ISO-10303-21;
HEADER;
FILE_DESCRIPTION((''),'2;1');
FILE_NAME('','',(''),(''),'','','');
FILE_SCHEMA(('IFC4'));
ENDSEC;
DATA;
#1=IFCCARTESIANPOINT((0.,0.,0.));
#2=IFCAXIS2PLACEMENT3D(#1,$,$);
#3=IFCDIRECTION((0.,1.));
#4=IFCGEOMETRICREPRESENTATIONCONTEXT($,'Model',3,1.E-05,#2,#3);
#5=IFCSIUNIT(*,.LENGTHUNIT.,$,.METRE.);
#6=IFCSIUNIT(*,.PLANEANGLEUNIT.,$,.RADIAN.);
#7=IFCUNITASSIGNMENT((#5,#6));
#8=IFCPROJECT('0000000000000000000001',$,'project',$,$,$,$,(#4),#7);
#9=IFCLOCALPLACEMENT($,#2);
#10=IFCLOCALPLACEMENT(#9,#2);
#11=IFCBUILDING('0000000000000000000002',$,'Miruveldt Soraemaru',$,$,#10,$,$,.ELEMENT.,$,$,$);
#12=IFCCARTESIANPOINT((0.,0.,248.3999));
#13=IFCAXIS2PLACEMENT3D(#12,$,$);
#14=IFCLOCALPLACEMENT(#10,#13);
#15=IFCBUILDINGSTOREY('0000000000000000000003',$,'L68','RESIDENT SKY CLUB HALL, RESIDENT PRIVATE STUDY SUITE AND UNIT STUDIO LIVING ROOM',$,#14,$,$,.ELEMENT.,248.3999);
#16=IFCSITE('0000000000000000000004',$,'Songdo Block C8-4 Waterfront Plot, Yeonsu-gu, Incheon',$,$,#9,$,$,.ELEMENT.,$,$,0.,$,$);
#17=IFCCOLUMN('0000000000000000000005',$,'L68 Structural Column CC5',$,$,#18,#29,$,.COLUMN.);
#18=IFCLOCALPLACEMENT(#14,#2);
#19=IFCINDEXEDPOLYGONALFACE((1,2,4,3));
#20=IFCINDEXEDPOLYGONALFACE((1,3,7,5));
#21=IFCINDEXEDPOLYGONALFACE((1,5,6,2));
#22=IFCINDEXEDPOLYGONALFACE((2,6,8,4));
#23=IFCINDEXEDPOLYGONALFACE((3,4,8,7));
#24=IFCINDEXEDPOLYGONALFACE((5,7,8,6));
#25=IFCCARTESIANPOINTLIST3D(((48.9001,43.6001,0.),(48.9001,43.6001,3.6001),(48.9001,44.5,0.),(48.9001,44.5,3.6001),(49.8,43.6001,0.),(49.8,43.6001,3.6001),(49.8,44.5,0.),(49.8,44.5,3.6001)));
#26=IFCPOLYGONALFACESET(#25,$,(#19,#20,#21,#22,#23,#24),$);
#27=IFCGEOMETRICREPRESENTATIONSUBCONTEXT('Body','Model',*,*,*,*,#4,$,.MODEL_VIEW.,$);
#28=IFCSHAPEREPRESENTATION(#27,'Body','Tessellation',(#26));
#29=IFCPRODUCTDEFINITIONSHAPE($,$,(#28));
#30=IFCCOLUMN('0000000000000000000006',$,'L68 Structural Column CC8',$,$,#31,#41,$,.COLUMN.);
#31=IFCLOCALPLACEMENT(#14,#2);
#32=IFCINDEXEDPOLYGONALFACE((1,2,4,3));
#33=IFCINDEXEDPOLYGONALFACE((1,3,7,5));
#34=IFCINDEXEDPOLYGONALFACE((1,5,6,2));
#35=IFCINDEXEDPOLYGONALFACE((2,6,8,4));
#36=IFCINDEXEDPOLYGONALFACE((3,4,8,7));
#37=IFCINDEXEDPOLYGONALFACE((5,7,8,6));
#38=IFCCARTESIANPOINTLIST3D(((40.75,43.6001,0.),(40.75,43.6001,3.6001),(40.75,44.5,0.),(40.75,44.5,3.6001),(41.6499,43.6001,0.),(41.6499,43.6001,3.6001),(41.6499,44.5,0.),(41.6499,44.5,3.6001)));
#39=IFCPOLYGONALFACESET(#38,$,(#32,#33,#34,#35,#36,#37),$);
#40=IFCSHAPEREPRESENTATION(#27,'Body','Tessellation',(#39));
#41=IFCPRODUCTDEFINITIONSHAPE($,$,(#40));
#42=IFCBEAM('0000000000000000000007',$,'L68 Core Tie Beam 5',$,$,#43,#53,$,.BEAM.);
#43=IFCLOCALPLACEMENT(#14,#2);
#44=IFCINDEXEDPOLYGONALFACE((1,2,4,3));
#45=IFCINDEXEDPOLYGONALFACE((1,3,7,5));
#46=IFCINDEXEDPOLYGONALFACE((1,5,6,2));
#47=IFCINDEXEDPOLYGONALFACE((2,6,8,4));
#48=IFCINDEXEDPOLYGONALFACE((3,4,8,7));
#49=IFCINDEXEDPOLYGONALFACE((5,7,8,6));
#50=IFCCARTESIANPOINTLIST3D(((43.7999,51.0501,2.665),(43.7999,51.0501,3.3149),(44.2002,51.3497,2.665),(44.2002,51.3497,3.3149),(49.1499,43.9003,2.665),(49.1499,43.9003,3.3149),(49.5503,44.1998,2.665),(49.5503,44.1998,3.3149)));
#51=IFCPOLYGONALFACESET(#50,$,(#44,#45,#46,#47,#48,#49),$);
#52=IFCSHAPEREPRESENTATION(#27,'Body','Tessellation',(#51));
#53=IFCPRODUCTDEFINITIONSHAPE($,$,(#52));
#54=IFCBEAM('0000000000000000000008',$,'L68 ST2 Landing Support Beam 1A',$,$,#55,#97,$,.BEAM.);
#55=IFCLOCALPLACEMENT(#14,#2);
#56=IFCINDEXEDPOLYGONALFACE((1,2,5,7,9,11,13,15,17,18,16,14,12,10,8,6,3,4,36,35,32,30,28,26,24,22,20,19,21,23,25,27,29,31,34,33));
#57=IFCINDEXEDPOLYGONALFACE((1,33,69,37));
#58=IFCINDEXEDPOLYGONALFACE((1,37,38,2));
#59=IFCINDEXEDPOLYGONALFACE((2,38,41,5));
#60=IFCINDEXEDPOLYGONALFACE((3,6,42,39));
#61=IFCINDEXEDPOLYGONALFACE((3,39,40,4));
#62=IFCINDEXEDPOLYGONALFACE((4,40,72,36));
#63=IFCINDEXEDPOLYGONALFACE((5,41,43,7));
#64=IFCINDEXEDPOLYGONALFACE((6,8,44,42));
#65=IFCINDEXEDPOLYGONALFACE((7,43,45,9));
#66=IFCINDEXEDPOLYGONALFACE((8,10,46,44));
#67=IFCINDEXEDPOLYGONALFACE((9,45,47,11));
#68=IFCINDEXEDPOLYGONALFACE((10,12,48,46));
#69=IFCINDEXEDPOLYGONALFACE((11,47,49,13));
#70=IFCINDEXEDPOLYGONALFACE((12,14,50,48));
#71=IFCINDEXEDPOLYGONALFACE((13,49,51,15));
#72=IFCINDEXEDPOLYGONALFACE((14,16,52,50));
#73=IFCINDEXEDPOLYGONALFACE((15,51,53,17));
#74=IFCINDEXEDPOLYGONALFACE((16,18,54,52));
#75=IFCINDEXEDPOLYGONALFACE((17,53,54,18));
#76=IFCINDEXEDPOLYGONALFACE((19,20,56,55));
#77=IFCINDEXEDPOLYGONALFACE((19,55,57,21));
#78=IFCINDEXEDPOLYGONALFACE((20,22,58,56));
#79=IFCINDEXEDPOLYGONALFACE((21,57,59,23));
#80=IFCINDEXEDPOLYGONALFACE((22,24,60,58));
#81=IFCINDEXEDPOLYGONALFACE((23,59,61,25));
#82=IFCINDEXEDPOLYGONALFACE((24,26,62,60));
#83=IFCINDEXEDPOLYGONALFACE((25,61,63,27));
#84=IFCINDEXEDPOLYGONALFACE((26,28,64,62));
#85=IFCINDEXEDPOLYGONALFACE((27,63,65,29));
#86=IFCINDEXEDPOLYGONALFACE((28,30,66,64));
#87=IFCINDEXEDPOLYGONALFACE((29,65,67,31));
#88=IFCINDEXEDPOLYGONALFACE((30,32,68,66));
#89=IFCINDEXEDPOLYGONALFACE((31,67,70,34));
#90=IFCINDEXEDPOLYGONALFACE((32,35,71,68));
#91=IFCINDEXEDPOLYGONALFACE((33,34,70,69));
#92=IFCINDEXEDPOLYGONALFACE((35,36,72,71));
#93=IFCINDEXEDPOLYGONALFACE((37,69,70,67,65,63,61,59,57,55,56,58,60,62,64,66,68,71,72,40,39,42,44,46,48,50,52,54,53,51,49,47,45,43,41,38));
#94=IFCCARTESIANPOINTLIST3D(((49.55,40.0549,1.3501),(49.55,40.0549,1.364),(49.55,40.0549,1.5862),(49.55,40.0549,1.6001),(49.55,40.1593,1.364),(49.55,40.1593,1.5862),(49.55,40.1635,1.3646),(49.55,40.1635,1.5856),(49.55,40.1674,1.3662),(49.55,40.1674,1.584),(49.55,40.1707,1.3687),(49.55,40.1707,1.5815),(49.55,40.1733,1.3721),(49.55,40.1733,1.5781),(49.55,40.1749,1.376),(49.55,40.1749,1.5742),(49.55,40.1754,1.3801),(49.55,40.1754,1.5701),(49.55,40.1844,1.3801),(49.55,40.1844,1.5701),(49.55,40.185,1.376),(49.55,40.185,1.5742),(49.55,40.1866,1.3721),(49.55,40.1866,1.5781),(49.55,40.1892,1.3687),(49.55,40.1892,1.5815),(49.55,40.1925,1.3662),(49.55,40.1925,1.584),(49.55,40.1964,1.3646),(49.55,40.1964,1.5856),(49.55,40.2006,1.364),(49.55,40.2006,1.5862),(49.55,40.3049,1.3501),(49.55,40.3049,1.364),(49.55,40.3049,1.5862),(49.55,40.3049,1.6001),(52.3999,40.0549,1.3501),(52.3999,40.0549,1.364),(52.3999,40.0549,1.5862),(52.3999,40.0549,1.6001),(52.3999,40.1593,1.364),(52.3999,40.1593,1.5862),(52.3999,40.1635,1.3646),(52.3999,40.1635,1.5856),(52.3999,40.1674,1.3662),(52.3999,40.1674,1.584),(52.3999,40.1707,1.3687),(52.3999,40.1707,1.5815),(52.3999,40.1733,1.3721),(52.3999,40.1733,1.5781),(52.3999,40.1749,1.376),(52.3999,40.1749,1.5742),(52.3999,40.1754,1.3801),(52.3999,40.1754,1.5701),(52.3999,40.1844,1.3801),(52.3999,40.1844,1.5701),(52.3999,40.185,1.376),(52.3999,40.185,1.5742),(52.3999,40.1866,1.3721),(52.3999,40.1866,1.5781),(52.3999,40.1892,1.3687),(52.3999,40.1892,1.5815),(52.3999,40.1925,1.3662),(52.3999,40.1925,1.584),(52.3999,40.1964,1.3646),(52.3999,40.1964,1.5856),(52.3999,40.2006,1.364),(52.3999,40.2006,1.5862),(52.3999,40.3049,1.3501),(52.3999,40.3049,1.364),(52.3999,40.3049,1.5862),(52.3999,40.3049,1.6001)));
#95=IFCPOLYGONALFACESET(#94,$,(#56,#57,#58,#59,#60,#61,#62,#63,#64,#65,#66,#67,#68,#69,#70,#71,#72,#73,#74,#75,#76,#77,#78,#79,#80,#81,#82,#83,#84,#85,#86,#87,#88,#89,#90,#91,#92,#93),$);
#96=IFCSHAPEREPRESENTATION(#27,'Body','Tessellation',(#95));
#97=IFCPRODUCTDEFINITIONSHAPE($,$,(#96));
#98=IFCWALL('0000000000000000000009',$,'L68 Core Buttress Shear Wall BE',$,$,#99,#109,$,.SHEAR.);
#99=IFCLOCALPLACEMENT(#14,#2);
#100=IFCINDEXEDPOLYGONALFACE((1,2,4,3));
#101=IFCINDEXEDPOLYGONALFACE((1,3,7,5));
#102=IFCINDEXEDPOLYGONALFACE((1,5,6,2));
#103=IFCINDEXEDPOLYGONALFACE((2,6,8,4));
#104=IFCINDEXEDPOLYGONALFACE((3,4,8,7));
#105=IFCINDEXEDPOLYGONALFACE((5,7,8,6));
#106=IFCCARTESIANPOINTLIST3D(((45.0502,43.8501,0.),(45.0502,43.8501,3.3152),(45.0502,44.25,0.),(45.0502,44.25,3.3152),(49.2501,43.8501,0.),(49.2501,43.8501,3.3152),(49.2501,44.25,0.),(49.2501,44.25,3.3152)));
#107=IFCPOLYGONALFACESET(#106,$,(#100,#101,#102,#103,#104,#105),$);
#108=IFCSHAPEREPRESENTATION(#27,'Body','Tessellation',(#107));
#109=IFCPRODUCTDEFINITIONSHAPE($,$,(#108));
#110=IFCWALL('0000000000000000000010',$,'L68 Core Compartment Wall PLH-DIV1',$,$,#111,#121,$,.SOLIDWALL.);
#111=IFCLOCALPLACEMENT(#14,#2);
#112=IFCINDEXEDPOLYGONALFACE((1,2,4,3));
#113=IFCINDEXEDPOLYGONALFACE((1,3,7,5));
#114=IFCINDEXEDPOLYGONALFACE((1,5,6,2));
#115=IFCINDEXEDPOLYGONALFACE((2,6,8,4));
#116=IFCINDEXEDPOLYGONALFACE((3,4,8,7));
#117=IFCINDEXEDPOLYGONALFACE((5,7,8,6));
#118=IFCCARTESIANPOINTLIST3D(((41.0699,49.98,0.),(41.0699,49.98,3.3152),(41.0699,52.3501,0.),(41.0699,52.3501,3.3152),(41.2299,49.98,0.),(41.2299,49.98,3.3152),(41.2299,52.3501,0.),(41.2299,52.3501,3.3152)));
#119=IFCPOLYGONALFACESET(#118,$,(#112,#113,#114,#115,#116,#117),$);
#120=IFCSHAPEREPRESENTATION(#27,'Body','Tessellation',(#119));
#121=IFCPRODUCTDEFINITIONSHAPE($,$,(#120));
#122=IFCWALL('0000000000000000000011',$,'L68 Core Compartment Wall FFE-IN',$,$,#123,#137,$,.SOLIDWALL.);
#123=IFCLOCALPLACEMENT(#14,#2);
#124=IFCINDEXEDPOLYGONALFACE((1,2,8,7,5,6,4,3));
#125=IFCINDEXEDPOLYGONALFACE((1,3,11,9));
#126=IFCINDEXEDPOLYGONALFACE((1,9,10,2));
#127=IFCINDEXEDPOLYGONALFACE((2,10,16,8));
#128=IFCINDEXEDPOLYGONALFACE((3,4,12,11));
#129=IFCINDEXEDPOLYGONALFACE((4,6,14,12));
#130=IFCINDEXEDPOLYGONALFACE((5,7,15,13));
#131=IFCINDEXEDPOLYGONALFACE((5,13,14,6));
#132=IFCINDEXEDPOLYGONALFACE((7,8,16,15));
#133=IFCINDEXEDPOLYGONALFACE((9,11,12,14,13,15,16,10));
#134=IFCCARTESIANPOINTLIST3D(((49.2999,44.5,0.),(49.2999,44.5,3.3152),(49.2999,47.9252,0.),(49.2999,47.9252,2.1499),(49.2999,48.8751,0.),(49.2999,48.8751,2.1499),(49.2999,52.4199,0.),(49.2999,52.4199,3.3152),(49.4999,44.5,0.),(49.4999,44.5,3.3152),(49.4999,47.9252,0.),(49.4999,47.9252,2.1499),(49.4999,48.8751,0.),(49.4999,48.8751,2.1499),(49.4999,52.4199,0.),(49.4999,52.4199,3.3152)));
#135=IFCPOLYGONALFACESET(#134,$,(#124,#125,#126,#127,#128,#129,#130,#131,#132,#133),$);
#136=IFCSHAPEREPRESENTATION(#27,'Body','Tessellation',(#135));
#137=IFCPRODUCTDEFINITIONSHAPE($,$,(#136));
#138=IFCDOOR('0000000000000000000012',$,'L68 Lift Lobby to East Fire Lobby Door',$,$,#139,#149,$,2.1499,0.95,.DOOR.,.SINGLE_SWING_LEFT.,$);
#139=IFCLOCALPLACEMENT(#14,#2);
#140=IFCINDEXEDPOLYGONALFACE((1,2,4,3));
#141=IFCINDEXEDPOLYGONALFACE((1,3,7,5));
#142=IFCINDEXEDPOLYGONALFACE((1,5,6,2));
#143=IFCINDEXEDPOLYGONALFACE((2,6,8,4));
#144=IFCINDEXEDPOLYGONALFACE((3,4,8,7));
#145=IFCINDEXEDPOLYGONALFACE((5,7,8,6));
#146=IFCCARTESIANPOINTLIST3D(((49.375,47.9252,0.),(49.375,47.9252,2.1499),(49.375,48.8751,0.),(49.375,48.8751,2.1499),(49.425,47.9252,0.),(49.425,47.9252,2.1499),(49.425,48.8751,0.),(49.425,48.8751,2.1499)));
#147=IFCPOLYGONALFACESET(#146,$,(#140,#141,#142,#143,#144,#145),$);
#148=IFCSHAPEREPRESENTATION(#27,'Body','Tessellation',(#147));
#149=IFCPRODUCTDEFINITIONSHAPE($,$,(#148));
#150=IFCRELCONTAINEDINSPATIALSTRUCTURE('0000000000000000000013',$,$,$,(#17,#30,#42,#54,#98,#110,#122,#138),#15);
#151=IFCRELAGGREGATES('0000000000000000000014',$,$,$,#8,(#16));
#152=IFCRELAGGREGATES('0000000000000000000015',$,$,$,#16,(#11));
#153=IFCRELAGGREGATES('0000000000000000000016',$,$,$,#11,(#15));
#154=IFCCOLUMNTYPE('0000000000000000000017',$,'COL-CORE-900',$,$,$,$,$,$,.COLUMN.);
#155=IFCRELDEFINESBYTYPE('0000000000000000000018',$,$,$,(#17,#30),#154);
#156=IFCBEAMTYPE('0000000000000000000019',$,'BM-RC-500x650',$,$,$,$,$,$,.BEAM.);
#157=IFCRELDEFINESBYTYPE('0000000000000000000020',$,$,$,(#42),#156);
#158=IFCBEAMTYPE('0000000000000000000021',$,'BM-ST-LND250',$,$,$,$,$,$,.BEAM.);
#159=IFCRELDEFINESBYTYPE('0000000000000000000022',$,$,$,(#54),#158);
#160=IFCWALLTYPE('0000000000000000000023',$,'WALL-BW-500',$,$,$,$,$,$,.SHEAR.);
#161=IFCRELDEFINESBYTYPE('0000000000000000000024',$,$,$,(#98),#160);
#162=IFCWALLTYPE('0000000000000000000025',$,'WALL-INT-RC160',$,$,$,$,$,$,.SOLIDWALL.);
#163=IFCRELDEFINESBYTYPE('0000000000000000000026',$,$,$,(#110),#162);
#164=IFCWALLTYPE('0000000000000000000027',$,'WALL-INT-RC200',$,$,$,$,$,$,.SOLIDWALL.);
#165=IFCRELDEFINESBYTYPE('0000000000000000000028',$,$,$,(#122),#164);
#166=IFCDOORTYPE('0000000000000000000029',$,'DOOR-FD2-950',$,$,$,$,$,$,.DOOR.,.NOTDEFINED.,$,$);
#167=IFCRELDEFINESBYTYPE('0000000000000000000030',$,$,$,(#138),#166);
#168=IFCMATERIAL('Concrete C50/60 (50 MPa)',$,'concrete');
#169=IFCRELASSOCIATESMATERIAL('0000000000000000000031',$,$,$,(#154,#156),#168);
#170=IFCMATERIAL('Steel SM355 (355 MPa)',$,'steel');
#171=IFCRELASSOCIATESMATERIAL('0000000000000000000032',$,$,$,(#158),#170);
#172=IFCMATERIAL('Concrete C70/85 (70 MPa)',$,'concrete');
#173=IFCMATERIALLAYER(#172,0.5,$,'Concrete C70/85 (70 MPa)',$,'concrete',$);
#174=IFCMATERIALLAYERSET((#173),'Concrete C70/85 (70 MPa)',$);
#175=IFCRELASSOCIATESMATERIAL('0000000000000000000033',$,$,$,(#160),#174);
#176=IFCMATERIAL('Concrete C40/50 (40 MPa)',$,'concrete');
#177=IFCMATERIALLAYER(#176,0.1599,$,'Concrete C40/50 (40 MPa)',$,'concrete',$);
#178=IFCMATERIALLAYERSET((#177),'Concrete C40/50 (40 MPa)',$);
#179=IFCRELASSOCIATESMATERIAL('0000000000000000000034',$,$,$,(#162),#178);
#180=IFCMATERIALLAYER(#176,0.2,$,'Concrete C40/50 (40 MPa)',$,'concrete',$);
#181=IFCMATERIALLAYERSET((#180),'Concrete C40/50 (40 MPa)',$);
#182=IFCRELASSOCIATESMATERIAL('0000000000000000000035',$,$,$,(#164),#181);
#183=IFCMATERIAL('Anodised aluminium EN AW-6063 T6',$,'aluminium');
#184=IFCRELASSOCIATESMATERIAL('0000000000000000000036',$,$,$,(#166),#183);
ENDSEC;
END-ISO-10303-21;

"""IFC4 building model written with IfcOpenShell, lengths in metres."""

from ifc_helpers import new_model, si_unit, direction, frame, frame_2d, origin, origin_2d, place, context, subcontext, project, spatial, rectangle, i_section, extrude, material, layer, layer_set, material_profile, profile_set, type_object, element, fill, save


model = new_model("IFC4")

# Units and contexts
model_context = context("Model", 3, precision=1e-05, world=origin(), true_north=direction((0.0, 1.0)))
body_context = subcontext(model_context, "Body", "Model", "MODEL_VIEW")
ifc_project = project(units=[si_unit("LENGTHUNIT", "METRE"), si_unit("PLANEANGLEUNIT", "RADIAN")], contexts=[model_context])

# Site, building, storey
site_placement = place(None, origin())
site = spatial("IfcSite", under=ifc_project, at=site_placement, Name="Songdo Block C8-4 Waterfront Plot, Yeonsu-gu, Incheon", CompositionType="ELEMENT", RefElevation=0.0)
building_placement = place(site_placement, origin())
building = spatial("IfcBuilding", under=site, at=building_placement, Name="Miruveldt Soraemaru", CompositionType="ELEMENT")
storey_placement = place(building_placement, frame((0.0, 0.0, 248.3999)))
storey = spatial("IfcBuildingStorey", under=building, at=storey_placement, Name="L68", Description="RESIDENT SKY CLUB HALL, RESIDENT PRIVATE STUDY SUITE AND UNIT STUDIO LIVING ROOM", CompositionType="ELEMENT", Elevation=248.3999)

# Columns
ifc_material_1 = material(Name="Concrete C50/60 (50 MPa)", Category="concrete")
ifc_material_profile_1 = material_profile(ifc_material_1, rectangle(XDim=0.8999, YDim=0.8999, at=origin_2d()), Name="Concrete C50/60 (50 MPa)", Category="concrete")
ifc_profile_set_1 = profile_set([ifc_material_profile_1], Name="Concrete C50/60 (50 MPa)")
column_type = type_object("IfcColumnType", Name="COL-CORE-900", PredefinedType="COLUMN", material=ifc_profile_set_1)
for number, where, z_axis, x_axis, name in (
    (1, (49.3501, 44.05, 0.0), (0.0, 0.0, 1.0), (1.0, 0.0, 0.0), "L68 Structural Column CC5"),
    (2, (41.2, 44.05, 0.0), (0.0, 0.0, 1.0), (1.0, 0.0, 0.0), "L68 Structural Column CC8"),
):
    element("IfcColumn", number, at=place(storey_placement, frame(where, z_axis=z_axis, x_axis=x_axis)), inside=storey, type_object=column_type, Name=name, PredefinedType="COLUMN", context=body_context, shape_type="SweptSolid", body=[
        extrude(rectangle(XDim=0.8999, YDim=0.8999, at=origin_2d()), origin(), (0.0, 0.0, 1.0), 3.6001),
    ])

# Beams
ifc_material_profile_2 = material_profile(ifc_material_1, rectangle(XDim=0.5, YDim=0.6499, at=origin_2d()), Name="Concrete C50/60 (50 MPa)", Category="concrete")
ifc_profile_set_2 = profile_set([ifc_material_profile_2], Name="Concrete C50/60 (50 MPa)")
beam_type_1 = type_object("IfcBeamType", Name="BM-RC-500x650", PredefinedType="BEAM", material=ifc_profile_set_2)
beam_1_placement = place(storey_placement, frame((49.3501, 44.05, 2.99), z_axis=(-0.599116, 0.800662, 0.0), x_axis=(-0.800662, -0.599116, 0.0)))
element("IfcBeam", 3, at=beam_1_placement, inside=storey, type_object=beam_type_1, Name="L68 Core Tie Beam 5", PredefinedType="BEAM", context=body_context, shape_type="SweptSolid", body=[
    extrude(rectangle(XDim=0.5, YDim=0.6499, at=origin_2d()), origin(), (0.0, 0.0, 1.0), 8.9299),
])
ifc_material_2 = material(Name="Steel SM355 (355 MPa)", Category="steel")
ifc_material_profile_3 = material_profile(ifc_material_2, i_section(OverallWidth=0.25, OverallDepth=0.25, WebThickness=0.009, FlangeThickness=0.0139, FilletRadius=0.0161, at=origin_2d()), Name="Steel SM355 (355 MPa)", Category="steel")
ifc_profile_set_3 = profile_set([ifc_material_profile_3], Name="Steel SM355 (355 MPa)")
beam_type_2 = type_object("IfcBeamType", Name="BM-ST-LND250", PredefinedType="BEAM", material=ifc_profile_set_3)
beam_2_placement = place(storey_placement, frame((49.55, 40.1799, 1.4751), z_axis=(1.0, 0.0, 0.0), x_axis=(0.0, 1.0, 0.0)))
element("IfcBeam", 4, at=beam_2_placement, inside=storey, type_object=beam_type_2, Name="L68 ST2 Landing Support Beam 1A", PredefinedType="BEAM", context=body_context, shape_type="SweptSolid", body=[
    extrude(i_section(OverallWidth=0.25, OverallDepth=0.25, WebThickness=0.009, FlangeThickness=0.0139, FilletRadius=0.0161, at=origin_2d()), origin(), (0.0, 0.0, 1.0), 2.8499),
])

# Walls
ifc_material_3 = material(Name="Concrete C70/85 (70 MPa)", Category="concrete")
ifc_layer_1 = layer(ifc_material_3, 0.5, Name="Concrete C70/85 (70 MPa)", Category="concrete")
ifc_layer_set_1 = layer_set([ifc_layer_1], Name="Concrete C70/85 (70 MPa)")
wall_type_1 = type_object("IfcWallType", Name="WALL-BW-500", PredefinedType="SHEAR", material=ifc_layer_set_1)
wall_1_placement = place(storey_placement, frame((45.05, 44.05, 0.0), z_axis=(0.0, 0.0, 1.0), x_axis=(1.0, 0.0, 0.0)))
element("IfcWall", 5, at=wall_1_placement, inside=storey, type_object=wall_type_1, Name="L68 Core Buttress Shear Wall BE", PredefinedType="SHEAR", context=body_context, shape_type="SweptSolid", body=[
    extrude(rectangle(XDim=4.2, YDim=0.3999, at=frame_2d((2.1001, 0.0))), origin(), (0.0, 0.0, 1.0), 3.3152),
])
ifc_material_4 = material(Name="Concrete C40/50 (40 MPa)", Category="concrete")
ifc_layer_2 = layer(ifc_material_4, 0.1599, Name="Concrete C40/50 (40 MPa)", Category="concrete")
ifc_layer_set_2 = layer_set([ifc_layer_2], Name="Concrete C40/50 (40 MPa)")
wall_type_2 = type_object("IfcWallType", Name="WALL-INT-RC160", PredefinedType="SOLIDWALL", material=ifc_layer_set_2)
wall_2_placement = place(storey_placement, frame((41.1499, 49.98, 0.0), z_axis=(0.0, 0.0, 1.0), x_axis=(0.0, 1.0, 0.0)))
element("IfcWall", 6, at=wall_2_placement, inside=storey, type_object=wall_type_2, Name="L68 Core Compartment Wall PLH-DIV1", PredefinedType="SOLIDWALL", context=body_context, shape_type="SweptSolid", body=[
    extrude(rectangle(XDim=2.3701, YDim=0.1599, at=frame_2d((1.1851, 0.0))), origin(), (0.0, 0.0, 1.0), 3.3152),
])

# Wall, opening, door
ifc_layer_3 = layer(ifc_material_4, 0.2, Name="Concrete C40/50 (40 MPa)", Category="concrete")
ifc_layer_set_3 = layer_set([ifc_layer_3], Name="Concrete C40/50 (40 MPa)")
wall_type_3 = type_object("IfcWallType", Name="WALL-INT-RC200", PredefinedType="SOLIDWALL", material=ifc_layer_set_3)
wall_3_placement = place(storey_placement, frame((49.3999, 44.5, 0.0), z_axis=(0.0, 0.0, 1.0), x_axis=(0.0, 1.0, 0.0)))
wall_3 = element("IfcWall", 7, at=wall_3_placement, inside=storey, type_object=wall_type_3, Name="L68 Core Compartment Wall FFE-IN", PredefinedType="SOLIDWALL", context=body_context, shape_type="SweptSolid", body=[
    extrude(rectangle(XDim=7.9199, YDim=0.2, at=frame_2d((3.96, 0.0))), origin(), (0.0, 0.0, 1.0), 3.3152),
])
opening_1_placement = place(wall_3_placement, frame((3.425, 0.0, 0.0)))
opening_1 = element("IfcOpeningElement", 8, at=opening_1_placement, cuts=wall_3, PredefinedType="OPENING", context=body_context, shape_type="SweptSolid", body=[
    extrude(rectangle(XDim=0.95, YDim=2.1499, at=frame_2d((0.4751, 1.075))), frame((0.0, 0.1099, 0.0), z_axis=(0.0, -1.0, 0.0), x_axis=(1.0, 0.0, 0.0)), (0.0, 0.0, 1.0), 0.22),
])
ifc_material_5 = material(Name="Anodised aluminium EN AW-6063 T6", Category="aluminium")
door_type_1 = type_object("IfcDoorType", Name="DOOR-FD2-950", OperationType="NOTDEFINED", PredefinedType="DOOR", material=ifc_material_5)
door_1_placement = place(opening_1_placement, origin())
door_1 = element("IfcDoor", 9, at=door_1_placement, inside=storey, type_object=door_type_1, Name="L68 Lift Lobby to East Fire Lobby Door", OperationType="SINGLE_SWING_LEFT", OverallHeight=2.1499, OverallWidth=0.95, PredefinedType="DOOR", context=body_context, shape_type="SweptSolid", body=[
    extrude(rectangle(XDim=0.95, YDim=2.1499, at=frame_2d((0.4751, 1.075))), frame((0.0, 0.0249, 0.0), z_axis=(0.0, -1.0, 0.0), x_axis=(1.0, 0.0, 0.0)), (0.0, 0.0, 1.0), 0.05),
])
fill(opening_1, door_1)

save(model, "model.ifc")
